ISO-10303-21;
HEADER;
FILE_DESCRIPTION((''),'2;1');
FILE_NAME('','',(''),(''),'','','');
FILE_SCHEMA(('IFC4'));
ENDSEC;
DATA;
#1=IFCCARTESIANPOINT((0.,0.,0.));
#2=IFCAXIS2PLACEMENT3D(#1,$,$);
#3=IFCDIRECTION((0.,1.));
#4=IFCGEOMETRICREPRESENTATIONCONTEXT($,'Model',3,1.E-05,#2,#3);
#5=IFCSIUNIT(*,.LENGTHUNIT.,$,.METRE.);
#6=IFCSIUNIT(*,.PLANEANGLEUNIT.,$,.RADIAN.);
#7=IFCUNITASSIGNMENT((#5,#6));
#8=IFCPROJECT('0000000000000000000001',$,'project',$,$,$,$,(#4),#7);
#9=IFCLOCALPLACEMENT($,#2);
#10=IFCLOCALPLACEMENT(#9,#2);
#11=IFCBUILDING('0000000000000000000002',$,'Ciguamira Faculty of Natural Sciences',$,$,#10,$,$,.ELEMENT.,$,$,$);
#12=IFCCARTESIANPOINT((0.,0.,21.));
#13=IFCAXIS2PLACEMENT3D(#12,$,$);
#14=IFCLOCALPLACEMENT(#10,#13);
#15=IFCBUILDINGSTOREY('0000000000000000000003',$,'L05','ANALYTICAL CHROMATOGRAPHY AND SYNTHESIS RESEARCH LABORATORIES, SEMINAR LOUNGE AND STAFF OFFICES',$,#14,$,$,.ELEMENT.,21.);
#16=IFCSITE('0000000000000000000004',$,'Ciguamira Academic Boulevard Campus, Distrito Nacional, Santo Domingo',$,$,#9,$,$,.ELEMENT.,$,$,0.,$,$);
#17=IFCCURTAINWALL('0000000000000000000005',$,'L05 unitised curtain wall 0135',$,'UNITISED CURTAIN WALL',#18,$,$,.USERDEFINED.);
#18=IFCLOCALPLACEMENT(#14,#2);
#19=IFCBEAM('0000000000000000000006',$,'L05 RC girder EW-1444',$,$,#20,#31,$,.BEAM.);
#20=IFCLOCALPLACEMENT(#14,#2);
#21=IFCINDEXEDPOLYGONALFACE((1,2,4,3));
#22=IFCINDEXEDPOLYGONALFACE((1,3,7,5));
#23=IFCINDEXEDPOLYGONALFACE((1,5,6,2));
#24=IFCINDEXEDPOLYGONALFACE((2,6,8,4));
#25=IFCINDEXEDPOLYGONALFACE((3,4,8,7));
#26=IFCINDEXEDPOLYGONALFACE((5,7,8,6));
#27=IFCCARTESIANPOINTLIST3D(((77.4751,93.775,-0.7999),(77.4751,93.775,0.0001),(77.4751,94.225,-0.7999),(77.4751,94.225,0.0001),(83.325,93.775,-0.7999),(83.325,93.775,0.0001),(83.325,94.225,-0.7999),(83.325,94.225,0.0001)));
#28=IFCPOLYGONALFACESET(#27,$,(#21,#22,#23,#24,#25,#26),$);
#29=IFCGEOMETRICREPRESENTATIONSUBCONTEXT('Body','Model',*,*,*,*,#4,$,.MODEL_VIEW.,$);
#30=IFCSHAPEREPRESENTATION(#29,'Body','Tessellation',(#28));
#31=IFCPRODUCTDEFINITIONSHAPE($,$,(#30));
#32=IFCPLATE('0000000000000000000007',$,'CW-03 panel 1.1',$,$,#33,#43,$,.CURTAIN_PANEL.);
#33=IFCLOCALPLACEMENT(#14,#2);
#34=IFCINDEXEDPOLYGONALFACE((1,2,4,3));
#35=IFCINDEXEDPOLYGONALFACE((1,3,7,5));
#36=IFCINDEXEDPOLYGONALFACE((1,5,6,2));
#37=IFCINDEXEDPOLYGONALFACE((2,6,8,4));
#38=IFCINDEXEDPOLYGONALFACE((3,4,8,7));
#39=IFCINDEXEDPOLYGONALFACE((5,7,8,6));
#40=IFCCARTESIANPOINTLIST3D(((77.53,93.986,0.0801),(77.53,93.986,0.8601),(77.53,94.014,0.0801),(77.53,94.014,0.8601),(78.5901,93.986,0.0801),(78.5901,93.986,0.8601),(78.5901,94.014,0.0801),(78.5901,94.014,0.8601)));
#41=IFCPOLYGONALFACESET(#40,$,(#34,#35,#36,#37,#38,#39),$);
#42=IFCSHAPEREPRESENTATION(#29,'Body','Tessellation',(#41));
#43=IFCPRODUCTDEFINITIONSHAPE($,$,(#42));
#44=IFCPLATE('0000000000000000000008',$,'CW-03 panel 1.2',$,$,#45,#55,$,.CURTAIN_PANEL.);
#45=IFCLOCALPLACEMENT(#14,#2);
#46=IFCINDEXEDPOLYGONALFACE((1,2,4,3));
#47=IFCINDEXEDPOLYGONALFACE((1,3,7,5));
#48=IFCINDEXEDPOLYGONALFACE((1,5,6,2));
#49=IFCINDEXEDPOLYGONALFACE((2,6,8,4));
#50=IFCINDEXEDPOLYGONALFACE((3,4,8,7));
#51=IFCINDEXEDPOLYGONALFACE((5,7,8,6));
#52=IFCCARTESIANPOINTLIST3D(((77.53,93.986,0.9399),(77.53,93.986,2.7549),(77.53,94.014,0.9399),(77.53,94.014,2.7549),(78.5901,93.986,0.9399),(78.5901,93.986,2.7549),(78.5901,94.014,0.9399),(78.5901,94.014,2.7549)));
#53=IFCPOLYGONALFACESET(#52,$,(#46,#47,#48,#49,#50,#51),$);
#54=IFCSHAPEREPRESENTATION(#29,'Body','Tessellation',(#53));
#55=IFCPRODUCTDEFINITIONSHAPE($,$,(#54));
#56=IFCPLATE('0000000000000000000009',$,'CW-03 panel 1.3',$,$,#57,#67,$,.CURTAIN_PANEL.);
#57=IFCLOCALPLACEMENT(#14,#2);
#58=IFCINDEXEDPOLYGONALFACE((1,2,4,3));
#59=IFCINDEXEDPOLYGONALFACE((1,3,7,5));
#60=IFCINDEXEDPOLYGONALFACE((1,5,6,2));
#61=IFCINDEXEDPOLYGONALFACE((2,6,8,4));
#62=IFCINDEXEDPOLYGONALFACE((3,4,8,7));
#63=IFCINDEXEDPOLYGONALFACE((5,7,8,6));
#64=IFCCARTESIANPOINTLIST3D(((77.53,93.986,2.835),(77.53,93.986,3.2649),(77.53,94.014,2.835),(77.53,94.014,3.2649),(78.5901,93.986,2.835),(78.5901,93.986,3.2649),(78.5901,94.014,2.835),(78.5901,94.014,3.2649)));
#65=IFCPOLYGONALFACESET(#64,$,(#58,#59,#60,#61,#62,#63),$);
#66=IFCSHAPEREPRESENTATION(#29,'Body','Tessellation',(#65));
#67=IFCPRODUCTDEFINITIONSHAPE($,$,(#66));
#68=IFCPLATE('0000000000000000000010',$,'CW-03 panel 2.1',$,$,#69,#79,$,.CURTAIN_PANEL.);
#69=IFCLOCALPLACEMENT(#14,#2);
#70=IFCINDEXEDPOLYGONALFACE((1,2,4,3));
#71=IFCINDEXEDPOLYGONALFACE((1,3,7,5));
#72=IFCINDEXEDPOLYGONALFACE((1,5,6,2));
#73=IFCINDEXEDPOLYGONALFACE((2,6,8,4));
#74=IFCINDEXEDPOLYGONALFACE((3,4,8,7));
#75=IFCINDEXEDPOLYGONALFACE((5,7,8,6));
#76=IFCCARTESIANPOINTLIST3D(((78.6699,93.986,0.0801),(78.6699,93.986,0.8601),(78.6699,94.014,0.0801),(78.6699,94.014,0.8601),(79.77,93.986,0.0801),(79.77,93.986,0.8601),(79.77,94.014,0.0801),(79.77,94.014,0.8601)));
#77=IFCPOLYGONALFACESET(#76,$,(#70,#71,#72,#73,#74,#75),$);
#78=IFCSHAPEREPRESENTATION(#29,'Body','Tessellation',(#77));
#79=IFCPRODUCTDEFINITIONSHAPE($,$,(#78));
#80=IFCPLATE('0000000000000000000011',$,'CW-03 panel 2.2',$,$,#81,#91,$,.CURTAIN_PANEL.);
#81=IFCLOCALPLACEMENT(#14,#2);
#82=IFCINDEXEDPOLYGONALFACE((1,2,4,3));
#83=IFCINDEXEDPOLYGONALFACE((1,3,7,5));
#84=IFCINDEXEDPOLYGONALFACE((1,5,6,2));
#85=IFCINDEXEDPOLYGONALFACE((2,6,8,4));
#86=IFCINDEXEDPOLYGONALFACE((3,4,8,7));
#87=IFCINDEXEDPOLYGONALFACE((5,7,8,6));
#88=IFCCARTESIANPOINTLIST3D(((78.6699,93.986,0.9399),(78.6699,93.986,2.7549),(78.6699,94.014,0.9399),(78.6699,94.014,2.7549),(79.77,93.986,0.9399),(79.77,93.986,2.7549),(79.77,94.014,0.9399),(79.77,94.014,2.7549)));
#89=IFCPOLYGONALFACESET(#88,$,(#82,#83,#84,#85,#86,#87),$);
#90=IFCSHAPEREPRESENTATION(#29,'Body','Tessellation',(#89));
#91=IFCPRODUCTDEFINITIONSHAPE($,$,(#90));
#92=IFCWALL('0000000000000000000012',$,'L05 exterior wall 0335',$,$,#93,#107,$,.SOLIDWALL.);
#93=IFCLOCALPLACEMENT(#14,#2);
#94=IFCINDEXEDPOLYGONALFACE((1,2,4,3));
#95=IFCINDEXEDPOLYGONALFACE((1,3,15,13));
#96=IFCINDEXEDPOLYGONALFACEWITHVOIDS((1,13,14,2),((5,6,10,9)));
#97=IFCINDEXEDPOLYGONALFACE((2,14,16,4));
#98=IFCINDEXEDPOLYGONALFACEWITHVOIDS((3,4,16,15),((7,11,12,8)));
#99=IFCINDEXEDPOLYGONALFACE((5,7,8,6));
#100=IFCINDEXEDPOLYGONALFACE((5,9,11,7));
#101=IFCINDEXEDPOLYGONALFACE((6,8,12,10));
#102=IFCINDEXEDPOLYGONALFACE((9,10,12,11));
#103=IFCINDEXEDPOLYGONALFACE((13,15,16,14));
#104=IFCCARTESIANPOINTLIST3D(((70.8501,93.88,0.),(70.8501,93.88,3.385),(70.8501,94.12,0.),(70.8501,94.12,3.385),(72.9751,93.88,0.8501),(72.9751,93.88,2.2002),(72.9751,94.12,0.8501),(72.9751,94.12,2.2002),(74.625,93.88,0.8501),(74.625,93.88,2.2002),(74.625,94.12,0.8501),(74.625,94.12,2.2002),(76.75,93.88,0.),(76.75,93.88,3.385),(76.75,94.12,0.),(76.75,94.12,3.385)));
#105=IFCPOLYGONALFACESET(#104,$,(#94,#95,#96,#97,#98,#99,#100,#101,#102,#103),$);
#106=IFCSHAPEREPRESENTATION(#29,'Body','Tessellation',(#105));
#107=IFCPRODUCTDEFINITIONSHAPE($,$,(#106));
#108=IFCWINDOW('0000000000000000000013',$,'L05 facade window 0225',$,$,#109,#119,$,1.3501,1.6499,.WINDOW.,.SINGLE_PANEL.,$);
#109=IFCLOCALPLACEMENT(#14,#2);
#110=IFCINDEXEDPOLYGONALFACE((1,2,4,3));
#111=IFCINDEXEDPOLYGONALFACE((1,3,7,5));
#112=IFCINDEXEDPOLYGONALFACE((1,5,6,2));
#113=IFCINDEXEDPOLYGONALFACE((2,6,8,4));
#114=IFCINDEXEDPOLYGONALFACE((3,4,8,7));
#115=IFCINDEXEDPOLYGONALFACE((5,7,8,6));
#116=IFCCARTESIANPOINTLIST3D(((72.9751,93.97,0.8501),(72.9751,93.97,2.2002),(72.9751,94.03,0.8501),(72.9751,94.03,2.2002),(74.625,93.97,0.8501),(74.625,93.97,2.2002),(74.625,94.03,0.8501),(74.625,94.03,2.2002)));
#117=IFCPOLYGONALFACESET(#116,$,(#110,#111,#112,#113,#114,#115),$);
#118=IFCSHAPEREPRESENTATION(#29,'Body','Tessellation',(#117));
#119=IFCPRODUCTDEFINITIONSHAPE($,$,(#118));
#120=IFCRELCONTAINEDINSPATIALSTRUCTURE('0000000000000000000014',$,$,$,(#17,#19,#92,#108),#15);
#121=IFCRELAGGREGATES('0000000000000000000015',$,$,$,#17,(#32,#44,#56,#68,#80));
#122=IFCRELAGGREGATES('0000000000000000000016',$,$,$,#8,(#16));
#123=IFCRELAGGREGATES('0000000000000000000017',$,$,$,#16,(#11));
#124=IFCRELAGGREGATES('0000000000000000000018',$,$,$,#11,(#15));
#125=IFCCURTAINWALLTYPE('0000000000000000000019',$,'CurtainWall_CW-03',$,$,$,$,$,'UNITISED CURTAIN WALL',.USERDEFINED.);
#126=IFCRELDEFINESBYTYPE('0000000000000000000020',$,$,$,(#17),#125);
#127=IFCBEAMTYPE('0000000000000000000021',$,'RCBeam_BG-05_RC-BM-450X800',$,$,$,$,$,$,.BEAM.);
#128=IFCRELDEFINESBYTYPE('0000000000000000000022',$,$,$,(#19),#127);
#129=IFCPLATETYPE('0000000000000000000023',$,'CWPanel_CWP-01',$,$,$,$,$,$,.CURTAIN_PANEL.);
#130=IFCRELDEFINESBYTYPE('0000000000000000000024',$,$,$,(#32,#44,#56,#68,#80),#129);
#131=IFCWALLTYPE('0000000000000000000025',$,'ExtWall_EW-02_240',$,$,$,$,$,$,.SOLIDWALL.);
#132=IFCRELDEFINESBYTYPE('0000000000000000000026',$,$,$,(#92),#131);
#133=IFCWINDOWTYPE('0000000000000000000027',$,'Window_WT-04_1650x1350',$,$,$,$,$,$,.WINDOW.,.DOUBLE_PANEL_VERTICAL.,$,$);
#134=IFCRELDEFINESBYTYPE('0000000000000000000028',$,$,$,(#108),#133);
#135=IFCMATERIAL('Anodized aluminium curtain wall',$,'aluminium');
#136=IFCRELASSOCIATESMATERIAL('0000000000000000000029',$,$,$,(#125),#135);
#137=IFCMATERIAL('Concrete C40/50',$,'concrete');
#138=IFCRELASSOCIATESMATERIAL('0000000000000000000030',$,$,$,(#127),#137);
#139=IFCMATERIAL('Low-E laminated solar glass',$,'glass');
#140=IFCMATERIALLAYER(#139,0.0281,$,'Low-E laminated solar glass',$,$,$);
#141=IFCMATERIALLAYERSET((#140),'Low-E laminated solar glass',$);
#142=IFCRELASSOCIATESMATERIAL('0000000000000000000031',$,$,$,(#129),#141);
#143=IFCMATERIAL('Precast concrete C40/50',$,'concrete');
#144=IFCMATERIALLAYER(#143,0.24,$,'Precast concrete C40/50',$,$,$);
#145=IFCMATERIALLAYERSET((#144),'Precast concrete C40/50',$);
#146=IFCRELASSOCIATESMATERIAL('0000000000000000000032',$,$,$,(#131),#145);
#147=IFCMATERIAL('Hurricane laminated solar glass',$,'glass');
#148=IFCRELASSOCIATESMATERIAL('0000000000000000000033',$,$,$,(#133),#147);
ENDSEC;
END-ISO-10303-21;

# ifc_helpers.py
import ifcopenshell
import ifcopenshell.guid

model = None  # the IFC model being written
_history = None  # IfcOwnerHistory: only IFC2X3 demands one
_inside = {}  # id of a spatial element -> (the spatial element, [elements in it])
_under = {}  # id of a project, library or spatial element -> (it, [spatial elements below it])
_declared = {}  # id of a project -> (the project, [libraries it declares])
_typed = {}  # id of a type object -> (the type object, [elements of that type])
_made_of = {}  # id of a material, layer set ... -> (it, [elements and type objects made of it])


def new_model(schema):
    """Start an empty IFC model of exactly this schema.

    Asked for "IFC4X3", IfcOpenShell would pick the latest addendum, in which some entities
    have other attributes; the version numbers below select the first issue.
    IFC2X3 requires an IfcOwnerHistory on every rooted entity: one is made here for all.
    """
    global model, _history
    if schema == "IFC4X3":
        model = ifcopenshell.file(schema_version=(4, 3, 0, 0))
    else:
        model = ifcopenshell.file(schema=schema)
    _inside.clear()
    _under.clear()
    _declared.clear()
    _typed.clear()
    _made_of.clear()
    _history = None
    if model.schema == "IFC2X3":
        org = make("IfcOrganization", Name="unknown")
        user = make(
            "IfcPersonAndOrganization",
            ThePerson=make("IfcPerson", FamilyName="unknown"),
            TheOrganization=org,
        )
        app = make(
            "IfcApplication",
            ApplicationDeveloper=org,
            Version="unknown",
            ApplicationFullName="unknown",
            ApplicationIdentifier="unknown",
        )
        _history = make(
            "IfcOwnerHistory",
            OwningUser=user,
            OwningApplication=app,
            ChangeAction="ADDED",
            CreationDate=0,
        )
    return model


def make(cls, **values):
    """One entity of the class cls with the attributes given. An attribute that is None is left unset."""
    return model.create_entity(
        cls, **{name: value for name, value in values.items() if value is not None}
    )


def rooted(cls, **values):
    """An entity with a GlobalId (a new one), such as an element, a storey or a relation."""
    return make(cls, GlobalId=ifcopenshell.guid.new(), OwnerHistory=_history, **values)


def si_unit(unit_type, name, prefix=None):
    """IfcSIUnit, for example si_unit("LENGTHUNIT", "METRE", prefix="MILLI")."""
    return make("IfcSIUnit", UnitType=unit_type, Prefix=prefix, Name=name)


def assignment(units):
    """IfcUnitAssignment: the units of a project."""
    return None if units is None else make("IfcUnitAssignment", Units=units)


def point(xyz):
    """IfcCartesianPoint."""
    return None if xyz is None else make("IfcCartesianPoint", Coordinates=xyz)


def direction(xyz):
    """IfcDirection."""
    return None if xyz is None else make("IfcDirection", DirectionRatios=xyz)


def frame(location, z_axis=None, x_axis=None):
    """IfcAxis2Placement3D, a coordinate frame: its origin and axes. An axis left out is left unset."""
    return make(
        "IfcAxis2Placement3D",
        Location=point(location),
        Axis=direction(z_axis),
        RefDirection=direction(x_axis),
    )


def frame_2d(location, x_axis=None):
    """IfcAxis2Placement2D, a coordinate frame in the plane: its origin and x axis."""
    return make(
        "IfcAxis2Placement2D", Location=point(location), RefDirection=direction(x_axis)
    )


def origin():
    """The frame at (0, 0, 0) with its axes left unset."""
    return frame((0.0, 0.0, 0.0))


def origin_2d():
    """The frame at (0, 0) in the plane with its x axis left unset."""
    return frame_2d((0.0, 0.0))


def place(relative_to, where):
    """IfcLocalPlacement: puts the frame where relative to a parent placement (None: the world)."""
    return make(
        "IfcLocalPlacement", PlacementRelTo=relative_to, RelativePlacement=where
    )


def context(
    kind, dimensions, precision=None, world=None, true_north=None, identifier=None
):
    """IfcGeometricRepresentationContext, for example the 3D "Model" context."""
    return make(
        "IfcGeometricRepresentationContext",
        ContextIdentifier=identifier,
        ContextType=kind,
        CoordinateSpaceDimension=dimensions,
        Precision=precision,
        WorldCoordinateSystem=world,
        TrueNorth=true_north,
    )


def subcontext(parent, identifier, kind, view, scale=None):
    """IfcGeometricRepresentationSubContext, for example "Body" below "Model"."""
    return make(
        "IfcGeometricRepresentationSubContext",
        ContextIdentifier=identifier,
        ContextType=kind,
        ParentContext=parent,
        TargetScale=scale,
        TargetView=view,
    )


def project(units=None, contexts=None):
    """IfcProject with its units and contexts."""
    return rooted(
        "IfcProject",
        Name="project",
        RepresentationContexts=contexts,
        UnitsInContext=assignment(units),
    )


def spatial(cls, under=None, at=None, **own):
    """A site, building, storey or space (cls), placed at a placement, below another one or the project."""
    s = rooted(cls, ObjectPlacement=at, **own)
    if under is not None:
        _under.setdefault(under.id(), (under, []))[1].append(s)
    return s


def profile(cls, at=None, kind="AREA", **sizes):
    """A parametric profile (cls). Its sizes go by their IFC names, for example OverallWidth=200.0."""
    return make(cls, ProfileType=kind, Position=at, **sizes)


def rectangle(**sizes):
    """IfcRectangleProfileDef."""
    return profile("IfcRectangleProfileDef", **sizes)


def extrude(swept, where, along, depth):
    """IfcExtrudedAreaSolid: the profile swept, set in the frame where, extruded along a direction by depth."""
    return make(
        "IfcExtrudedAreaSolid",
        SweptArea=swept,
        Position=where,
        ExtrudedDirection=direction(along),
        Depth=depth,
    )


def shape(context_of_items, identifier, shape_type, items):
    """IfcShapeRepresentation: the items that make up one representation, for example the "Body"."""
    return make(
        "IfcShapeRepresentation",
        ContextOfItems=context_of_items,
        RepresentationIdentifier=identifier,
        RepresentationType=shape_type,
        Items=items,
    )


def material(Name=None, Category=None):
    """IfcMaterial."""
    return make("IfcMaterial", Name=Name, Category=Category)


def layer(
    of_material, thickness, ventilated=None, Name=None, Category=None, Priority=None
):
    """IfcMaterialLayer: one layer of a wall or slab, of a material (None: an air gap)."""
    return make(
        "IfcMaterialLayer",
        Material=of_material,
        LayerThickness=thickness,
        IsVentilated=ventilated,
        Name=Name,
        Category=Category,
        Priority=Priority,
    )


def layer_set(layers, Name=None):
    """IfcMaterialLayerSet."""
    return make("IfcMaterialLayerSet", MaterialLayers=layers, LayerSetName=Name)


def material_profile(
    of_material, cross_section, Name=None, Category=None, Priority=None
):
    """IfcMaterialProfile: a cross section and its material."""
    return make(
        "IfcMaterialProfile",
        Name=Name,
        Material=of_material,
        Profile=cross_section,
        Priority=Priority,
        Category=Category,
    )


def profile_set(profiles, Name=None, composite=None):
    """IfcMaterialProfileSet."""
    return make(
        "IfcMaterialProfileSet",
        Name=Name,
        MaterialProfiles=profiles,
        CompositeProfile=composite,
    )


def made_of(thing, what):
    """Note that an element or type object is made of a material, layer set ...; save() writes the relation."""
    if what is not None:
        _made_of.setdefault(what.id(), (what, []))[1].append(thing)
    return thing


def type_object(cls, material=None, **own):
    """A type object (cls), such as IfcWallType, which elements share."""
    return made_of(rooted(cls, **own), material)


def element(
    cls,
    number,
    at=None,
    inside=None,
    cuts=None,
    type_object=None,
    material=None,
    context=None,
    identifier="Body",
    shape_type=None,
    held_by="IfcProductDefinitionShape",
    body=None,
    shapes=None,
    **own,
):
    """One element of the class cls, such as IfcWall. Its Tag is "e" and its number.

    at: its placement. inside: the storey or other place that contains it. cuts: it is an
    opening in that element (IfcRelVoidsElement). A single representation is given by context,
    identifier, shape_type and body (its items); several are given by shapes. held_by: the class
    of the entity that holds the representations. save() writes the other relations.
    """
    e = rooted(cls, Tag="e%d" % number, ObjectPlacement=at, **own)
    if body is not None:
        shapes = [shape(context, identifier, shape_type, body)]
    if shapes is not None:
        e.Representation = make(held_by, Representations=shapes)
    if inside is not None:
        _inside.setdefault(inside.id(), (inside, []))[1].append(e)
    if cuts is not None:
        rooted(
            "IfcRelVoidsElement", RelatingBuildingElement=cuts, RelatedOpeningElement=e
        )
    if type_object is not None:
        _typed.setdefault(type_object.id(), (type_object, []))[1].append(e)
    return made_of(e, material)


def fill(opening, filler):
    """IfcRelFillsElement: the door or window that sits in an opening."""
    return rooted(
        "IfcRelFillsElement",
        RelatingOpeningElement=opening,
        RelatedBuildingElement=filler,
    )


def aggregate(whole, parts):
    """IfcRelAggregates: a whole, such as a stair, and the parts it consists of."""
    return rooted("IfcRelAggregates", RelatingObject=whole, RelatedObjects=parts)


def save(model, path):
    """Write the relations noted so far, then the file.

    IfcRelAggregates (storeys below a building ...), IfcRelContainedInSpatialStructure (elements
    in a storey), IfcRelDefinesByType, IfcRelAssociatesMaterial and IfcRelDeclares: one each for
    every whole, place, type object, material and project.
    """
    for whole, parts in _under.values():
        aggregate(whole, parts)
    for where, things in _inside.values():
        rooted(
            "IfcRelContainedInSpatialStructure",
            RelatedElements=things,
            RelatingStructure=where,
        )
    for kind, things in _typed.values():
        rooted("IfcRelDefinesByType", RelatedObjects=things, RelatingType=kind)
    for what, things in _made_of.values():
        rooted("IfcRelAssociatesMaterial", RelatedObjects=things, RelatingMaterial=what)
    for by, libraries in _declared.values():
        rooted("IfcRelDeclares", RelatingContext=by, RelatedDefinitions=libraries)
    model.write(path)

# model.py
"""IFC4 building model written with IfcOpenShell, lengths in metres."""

from ifc_helpers import new_model, si_unit, direction, frame, frame_2d, origin, origin_2d, place, context, subcontext, project, spatial, rectangle, extrude, material, layer, layer_set, material_profile, profile_set, type_object, element, fill, aggregate, save


model = new_model("IFC4")

# Units and contexts
model_context = context("Model", 3, precision=1e-05, world=origin(), true_north=direction((0.0, 1.0)))
body_context = subcontext(model_context, "Body", "Model", "MODEL_VIEW")
ifc_project = project(units=[si_unit("LENGTHUNIT", "METRE"), si_unit("PLANEANGLEUNIT", "RADIAN")], contexts=[model_context])

# Site, building, storey
site_placement = place(None, origin())
site = spatial("IfcSite", under=ifc_project, at=site_placement, Name="Ciguamira Academic Boulevard Campus, Distrito Nacional, Santo Domingo", CompositionType="ELEMENT", RefElevation=0.0)
building_placement = place(site_placement, origin())
building = spatial("IfcBuilding", under=site, at=building_placement, Name="Ciguamira Faculty of Natural Sciences", CompositionType="ELEMENT")
storey_placement = place(building_placement, frame((0.0, 0.0, 21.0)))
storey = spatial("IfcBuildingStorey", under=building, at=storey_placement, Name="L05", Description="ANALYTICAL CHROMATOGRAPHY AND SYNTHESIS RESEARCH LABORATORIES, SEMINAR LOUNGE AND STAFF OFFICES", CompositionType="ELEMENT", Elevation=21.0)

# Shared definitions
ifc_material_1 = material(Name="Concrete C40/50", Category="concrete")

# Shared definitions
ifc_material_2 = material(Name="Anodized aluminium curtain wall", Category="aluminium")

# Curtain wall
curtain_wall_type_1 = type_object("IfcCurtainWallType", Name="CurtainWall_CW-03", ElementType="UNITISED CURTAIN WALL", PredefinedType="USERDEFINED", material=ifc_material_2)
curtain_wall_1_placement = place(storey_placement, origin())
curtain_wall_1 = element("IfcCurtainWall", 1, at=curtain_wall_1_placement, inside=storey, type_object=curtain_wall_type_1, Name="L05 unitised curtain wall 0135", ObjectType="UNITISED CURTAIN WALL", PredefinedType="USERDEFINED")

# Beam
ifc_material_profile_1 = material_profile(ifc_material_1, rectangle(XDim=0.45, YDim=0.8, at=origin_2d()), Name="RC-BM-450X800")
ifc_profile_set_1 = profile_set([ifc_material_profile_1], Name="Concrete C40/50")
beam_type_1 = type_object("IfcBeamType", Name="RCBeam_BG-05_RC-BM-450X800", PredefinedType="BEAM", material=ifc_profile_set_1)
beam_1_placement = place(storey_placement, frame((77.4751, 94.0, -0.3999), z_axis=(1.0, 0.0, 0.0), x_axis=(0.0, 1.0, 0.0)))
element("IfcBeam", 2, at=beam_1_placement, inside=storey, type_object=beam_type_1, Name="L05 RC girder EW-1444", PredefinedType="BEAM", context=body_context, shape_type="SweptSolid", body=[
    extrude(rectangle(XDim=0.45, YDim=0.8, at=origin_2d()), origin(), (0.0, 0.0, 1.0), 5.8499),
])

# Plates
ifc_material_3 = material(Name="Low-E laminated solar glass", Category="glass")
ifc_layer_1 = layer(ifc_material_3, 0.0281, Name="Low-E laminated solar glass")
ifc_layer_set_1 = layer_set([ifc_layer_1], Name="Low-E laminated solar glass")
plate_type = type_object("IfcPlateType", Name="CWPanel_CWP-01", PredefinedType="CURTAIN_PANEL", material=ifc_layer_set_1)
plate_1_placement = place(storey_placement, frame((78.0601, 94.0, 0.0801), z_axis=(0.0, 0.0, 1.0), x_axis=(1.0, 0.0, 0.0)))
plate_1 = element("IfcPlate", 3, at=plate_1_placement, type_object=plate_type, Name="CW-03 panel 1.1", PredefinedType="CURTAIN_PANEL", context=body_context, shape_type="SweptSolid", body=[
    extrude(rectangle(XDim=1.0601, YDim=0.0281, at=origin_2d()), origin(), (0.0, 0.0, 1.0), 0.78),
])
plate_2_placement = place(storey_placement, frame((78.0601, 94.0, 0.9399), z_axis=(0.0, 0.0, 1.0), x_axis=(1.0, 0.0, 0.0)))
plate_2 = element("IfcPlate", 4, at=plate_2_placement, type_object=plate_type, Name="CW-03 panel 1.2", PredefinedType="CURTAIN_PANEL", context=body_context, shape_type="SweptSolid", body=[
    extrude(rectangle(XDim=1.0601, YDim=0.0281, at=origin_2d()), origin(), (0.0, 0.0, 1.0), 1.8149),
])
plate_3_placement = place(storey_placement, frame((78.0601, 94.0, 2.835), z_axis=(0.0, 0.0, 1.0), x_axis=(1.0, 0.0, 0.0)))
plate_3 = element("IfcPlate", 5, at=plate_3_placement, type_object=plate_type, Name="CW-03 panel 1.3", PredefinedType="CURTAIN_PANEL", context=body_context, shape_type="SweptSolid", body=[
    extrude(rectangle(XDim=1.0601, YDim=0.0281, at=origin_2d()), origin(), (0.0, 0.0, 1.0), 0.4299),
])
plate_4_placement = place(storey_placement, frame((79.22, 94.0, 0.0801), z_axis=(0.0, 0.0, 1.0), x_axis=(1.0, 0.0, 0.0)))
plate_4 = element("IfcPlate", 6, at=plate_4_placement, type_object=plate_type, Name="CW-03 panel 2.1", PredefinedType="CURTAIN_PANEL", context=body_context, shape_type="SweptSolid", body=[
    extrude(rectangle(XDim=1.1001, YDim=0.0281, at=origin_2d()), origin(), (0.0, 0.0, 1.0), 0.78),
])
plate_5_placement = place(storey_placement, frame((79.22, 94.0, 0.9399), z_axis=(0.0, 0.0, 1.0), x_axis=(1.0, 0.0, 0.0)))
plate_5 = element("IfcPlate", 7, at=plate_5_placement, type_object=plate_type, Name="CW-03 panel 2.2", PredefinedType="CURTAIN_PANEL", context=body_context, shape_type="SweptSolid", body=[
    extrude(rectangle(XDim=1.1001, YDim=0.0281, at=origin_2d()), origin(), (0.0, 0.0, 1.0), 1.8149),
])
aggregate(curtain_wall_1, [plate_1, plate_2, plate_3, plate_4, plate_5])

# Wall, opening, window
ifc_material_4 = material(Name="Precast concrete C40/50", Category="concrete")
ifc_layer_2 = layer(ifc_material_4, 0.24, Name="Precast concrete C40/50")
ifc_layer_set_2 = layer_set([ifc_layer_2], Name="Precast concrete C40/50")
wall_type = type_object("IfcWallType", Name="ExtWall_EW-02_240", PredefinedType="SOLIDWALL", material=ifc_layer_set_2)
wall_placement = place(storey_placement, frame((70.8501, 94.0, 0.0), z_axis=(0.0, 0.0, 1.0), x_axis=(1.0, 0.0, 0.0)))
wall = element("IfcWall", 8, at=wall_placement, inside=storey, type_object=wall_type, Name="L05 exterior wall 0335", PredefinedType="SOLIDWALL", context=body_context, shape_type="SweptSolid", body=[
    extrude(rectangle(XDim=5.8999, YDim=0.24, at=frame_2d((2.95, 0.0))), origin(), (0.0, 0.0, 1.0), 3.385),
])
opening_placement = place(wall_placement, frame((2.125, 0.0, 0.8501)))
opening = element("IfcOpeningElement", 9, at=opening_placement, cuts=wall, PredefinedType="OPENING", context=body_context, shape_type="SweptSolid", body=[
    extrude(rectangle(XDim=1.6499, YDim=1.3501, at=frame_2d((0.825, 0.675))), frame((0.0, 0.1299, 0.0), z_axis=(0.0, -1.0, 0.0), x_axis=(1.0, 0.0, 0.0)), (0.0, 0.0, 1.0), 0.26),
])
ifc_material_5 = material(Name="Hurricane laminated solar glass", Category="glass")
window_type = type_object("IfcWindowType", Name="Window_WT-04_1650x1350", PartitioningType="DOUBLE_PANEL_VERTICAL", PredefinedType="WINDOW", material=ifc_material_5)
window_placement = place(opening_placement, origin())
window = element("IfcWindow", 10, at=window_placement, inside=storey, type_object=window_type, Name="L05 facade window 0225", OverallHeight=1.3501, OverallWidth=1.6499, PartitioningType="SINGLE_PANEL", PredefinedType="WINDOW", context=body_context, shape_type="SweptSolid", body=[
    extrude(rectangle(XDim=1.6499, YDim=1.3501, at=frame_2d((0.825, 0.675))), frame((0.0, 0.03, 0.0), z_axis=(0.0, -1.0, 0.0), x_axis=(1.0, 0.0, 0.0)), (0.0, 0.0, 1.0), 0.0601),
])
fill(opening, window)

save(model, "model.ifc")
